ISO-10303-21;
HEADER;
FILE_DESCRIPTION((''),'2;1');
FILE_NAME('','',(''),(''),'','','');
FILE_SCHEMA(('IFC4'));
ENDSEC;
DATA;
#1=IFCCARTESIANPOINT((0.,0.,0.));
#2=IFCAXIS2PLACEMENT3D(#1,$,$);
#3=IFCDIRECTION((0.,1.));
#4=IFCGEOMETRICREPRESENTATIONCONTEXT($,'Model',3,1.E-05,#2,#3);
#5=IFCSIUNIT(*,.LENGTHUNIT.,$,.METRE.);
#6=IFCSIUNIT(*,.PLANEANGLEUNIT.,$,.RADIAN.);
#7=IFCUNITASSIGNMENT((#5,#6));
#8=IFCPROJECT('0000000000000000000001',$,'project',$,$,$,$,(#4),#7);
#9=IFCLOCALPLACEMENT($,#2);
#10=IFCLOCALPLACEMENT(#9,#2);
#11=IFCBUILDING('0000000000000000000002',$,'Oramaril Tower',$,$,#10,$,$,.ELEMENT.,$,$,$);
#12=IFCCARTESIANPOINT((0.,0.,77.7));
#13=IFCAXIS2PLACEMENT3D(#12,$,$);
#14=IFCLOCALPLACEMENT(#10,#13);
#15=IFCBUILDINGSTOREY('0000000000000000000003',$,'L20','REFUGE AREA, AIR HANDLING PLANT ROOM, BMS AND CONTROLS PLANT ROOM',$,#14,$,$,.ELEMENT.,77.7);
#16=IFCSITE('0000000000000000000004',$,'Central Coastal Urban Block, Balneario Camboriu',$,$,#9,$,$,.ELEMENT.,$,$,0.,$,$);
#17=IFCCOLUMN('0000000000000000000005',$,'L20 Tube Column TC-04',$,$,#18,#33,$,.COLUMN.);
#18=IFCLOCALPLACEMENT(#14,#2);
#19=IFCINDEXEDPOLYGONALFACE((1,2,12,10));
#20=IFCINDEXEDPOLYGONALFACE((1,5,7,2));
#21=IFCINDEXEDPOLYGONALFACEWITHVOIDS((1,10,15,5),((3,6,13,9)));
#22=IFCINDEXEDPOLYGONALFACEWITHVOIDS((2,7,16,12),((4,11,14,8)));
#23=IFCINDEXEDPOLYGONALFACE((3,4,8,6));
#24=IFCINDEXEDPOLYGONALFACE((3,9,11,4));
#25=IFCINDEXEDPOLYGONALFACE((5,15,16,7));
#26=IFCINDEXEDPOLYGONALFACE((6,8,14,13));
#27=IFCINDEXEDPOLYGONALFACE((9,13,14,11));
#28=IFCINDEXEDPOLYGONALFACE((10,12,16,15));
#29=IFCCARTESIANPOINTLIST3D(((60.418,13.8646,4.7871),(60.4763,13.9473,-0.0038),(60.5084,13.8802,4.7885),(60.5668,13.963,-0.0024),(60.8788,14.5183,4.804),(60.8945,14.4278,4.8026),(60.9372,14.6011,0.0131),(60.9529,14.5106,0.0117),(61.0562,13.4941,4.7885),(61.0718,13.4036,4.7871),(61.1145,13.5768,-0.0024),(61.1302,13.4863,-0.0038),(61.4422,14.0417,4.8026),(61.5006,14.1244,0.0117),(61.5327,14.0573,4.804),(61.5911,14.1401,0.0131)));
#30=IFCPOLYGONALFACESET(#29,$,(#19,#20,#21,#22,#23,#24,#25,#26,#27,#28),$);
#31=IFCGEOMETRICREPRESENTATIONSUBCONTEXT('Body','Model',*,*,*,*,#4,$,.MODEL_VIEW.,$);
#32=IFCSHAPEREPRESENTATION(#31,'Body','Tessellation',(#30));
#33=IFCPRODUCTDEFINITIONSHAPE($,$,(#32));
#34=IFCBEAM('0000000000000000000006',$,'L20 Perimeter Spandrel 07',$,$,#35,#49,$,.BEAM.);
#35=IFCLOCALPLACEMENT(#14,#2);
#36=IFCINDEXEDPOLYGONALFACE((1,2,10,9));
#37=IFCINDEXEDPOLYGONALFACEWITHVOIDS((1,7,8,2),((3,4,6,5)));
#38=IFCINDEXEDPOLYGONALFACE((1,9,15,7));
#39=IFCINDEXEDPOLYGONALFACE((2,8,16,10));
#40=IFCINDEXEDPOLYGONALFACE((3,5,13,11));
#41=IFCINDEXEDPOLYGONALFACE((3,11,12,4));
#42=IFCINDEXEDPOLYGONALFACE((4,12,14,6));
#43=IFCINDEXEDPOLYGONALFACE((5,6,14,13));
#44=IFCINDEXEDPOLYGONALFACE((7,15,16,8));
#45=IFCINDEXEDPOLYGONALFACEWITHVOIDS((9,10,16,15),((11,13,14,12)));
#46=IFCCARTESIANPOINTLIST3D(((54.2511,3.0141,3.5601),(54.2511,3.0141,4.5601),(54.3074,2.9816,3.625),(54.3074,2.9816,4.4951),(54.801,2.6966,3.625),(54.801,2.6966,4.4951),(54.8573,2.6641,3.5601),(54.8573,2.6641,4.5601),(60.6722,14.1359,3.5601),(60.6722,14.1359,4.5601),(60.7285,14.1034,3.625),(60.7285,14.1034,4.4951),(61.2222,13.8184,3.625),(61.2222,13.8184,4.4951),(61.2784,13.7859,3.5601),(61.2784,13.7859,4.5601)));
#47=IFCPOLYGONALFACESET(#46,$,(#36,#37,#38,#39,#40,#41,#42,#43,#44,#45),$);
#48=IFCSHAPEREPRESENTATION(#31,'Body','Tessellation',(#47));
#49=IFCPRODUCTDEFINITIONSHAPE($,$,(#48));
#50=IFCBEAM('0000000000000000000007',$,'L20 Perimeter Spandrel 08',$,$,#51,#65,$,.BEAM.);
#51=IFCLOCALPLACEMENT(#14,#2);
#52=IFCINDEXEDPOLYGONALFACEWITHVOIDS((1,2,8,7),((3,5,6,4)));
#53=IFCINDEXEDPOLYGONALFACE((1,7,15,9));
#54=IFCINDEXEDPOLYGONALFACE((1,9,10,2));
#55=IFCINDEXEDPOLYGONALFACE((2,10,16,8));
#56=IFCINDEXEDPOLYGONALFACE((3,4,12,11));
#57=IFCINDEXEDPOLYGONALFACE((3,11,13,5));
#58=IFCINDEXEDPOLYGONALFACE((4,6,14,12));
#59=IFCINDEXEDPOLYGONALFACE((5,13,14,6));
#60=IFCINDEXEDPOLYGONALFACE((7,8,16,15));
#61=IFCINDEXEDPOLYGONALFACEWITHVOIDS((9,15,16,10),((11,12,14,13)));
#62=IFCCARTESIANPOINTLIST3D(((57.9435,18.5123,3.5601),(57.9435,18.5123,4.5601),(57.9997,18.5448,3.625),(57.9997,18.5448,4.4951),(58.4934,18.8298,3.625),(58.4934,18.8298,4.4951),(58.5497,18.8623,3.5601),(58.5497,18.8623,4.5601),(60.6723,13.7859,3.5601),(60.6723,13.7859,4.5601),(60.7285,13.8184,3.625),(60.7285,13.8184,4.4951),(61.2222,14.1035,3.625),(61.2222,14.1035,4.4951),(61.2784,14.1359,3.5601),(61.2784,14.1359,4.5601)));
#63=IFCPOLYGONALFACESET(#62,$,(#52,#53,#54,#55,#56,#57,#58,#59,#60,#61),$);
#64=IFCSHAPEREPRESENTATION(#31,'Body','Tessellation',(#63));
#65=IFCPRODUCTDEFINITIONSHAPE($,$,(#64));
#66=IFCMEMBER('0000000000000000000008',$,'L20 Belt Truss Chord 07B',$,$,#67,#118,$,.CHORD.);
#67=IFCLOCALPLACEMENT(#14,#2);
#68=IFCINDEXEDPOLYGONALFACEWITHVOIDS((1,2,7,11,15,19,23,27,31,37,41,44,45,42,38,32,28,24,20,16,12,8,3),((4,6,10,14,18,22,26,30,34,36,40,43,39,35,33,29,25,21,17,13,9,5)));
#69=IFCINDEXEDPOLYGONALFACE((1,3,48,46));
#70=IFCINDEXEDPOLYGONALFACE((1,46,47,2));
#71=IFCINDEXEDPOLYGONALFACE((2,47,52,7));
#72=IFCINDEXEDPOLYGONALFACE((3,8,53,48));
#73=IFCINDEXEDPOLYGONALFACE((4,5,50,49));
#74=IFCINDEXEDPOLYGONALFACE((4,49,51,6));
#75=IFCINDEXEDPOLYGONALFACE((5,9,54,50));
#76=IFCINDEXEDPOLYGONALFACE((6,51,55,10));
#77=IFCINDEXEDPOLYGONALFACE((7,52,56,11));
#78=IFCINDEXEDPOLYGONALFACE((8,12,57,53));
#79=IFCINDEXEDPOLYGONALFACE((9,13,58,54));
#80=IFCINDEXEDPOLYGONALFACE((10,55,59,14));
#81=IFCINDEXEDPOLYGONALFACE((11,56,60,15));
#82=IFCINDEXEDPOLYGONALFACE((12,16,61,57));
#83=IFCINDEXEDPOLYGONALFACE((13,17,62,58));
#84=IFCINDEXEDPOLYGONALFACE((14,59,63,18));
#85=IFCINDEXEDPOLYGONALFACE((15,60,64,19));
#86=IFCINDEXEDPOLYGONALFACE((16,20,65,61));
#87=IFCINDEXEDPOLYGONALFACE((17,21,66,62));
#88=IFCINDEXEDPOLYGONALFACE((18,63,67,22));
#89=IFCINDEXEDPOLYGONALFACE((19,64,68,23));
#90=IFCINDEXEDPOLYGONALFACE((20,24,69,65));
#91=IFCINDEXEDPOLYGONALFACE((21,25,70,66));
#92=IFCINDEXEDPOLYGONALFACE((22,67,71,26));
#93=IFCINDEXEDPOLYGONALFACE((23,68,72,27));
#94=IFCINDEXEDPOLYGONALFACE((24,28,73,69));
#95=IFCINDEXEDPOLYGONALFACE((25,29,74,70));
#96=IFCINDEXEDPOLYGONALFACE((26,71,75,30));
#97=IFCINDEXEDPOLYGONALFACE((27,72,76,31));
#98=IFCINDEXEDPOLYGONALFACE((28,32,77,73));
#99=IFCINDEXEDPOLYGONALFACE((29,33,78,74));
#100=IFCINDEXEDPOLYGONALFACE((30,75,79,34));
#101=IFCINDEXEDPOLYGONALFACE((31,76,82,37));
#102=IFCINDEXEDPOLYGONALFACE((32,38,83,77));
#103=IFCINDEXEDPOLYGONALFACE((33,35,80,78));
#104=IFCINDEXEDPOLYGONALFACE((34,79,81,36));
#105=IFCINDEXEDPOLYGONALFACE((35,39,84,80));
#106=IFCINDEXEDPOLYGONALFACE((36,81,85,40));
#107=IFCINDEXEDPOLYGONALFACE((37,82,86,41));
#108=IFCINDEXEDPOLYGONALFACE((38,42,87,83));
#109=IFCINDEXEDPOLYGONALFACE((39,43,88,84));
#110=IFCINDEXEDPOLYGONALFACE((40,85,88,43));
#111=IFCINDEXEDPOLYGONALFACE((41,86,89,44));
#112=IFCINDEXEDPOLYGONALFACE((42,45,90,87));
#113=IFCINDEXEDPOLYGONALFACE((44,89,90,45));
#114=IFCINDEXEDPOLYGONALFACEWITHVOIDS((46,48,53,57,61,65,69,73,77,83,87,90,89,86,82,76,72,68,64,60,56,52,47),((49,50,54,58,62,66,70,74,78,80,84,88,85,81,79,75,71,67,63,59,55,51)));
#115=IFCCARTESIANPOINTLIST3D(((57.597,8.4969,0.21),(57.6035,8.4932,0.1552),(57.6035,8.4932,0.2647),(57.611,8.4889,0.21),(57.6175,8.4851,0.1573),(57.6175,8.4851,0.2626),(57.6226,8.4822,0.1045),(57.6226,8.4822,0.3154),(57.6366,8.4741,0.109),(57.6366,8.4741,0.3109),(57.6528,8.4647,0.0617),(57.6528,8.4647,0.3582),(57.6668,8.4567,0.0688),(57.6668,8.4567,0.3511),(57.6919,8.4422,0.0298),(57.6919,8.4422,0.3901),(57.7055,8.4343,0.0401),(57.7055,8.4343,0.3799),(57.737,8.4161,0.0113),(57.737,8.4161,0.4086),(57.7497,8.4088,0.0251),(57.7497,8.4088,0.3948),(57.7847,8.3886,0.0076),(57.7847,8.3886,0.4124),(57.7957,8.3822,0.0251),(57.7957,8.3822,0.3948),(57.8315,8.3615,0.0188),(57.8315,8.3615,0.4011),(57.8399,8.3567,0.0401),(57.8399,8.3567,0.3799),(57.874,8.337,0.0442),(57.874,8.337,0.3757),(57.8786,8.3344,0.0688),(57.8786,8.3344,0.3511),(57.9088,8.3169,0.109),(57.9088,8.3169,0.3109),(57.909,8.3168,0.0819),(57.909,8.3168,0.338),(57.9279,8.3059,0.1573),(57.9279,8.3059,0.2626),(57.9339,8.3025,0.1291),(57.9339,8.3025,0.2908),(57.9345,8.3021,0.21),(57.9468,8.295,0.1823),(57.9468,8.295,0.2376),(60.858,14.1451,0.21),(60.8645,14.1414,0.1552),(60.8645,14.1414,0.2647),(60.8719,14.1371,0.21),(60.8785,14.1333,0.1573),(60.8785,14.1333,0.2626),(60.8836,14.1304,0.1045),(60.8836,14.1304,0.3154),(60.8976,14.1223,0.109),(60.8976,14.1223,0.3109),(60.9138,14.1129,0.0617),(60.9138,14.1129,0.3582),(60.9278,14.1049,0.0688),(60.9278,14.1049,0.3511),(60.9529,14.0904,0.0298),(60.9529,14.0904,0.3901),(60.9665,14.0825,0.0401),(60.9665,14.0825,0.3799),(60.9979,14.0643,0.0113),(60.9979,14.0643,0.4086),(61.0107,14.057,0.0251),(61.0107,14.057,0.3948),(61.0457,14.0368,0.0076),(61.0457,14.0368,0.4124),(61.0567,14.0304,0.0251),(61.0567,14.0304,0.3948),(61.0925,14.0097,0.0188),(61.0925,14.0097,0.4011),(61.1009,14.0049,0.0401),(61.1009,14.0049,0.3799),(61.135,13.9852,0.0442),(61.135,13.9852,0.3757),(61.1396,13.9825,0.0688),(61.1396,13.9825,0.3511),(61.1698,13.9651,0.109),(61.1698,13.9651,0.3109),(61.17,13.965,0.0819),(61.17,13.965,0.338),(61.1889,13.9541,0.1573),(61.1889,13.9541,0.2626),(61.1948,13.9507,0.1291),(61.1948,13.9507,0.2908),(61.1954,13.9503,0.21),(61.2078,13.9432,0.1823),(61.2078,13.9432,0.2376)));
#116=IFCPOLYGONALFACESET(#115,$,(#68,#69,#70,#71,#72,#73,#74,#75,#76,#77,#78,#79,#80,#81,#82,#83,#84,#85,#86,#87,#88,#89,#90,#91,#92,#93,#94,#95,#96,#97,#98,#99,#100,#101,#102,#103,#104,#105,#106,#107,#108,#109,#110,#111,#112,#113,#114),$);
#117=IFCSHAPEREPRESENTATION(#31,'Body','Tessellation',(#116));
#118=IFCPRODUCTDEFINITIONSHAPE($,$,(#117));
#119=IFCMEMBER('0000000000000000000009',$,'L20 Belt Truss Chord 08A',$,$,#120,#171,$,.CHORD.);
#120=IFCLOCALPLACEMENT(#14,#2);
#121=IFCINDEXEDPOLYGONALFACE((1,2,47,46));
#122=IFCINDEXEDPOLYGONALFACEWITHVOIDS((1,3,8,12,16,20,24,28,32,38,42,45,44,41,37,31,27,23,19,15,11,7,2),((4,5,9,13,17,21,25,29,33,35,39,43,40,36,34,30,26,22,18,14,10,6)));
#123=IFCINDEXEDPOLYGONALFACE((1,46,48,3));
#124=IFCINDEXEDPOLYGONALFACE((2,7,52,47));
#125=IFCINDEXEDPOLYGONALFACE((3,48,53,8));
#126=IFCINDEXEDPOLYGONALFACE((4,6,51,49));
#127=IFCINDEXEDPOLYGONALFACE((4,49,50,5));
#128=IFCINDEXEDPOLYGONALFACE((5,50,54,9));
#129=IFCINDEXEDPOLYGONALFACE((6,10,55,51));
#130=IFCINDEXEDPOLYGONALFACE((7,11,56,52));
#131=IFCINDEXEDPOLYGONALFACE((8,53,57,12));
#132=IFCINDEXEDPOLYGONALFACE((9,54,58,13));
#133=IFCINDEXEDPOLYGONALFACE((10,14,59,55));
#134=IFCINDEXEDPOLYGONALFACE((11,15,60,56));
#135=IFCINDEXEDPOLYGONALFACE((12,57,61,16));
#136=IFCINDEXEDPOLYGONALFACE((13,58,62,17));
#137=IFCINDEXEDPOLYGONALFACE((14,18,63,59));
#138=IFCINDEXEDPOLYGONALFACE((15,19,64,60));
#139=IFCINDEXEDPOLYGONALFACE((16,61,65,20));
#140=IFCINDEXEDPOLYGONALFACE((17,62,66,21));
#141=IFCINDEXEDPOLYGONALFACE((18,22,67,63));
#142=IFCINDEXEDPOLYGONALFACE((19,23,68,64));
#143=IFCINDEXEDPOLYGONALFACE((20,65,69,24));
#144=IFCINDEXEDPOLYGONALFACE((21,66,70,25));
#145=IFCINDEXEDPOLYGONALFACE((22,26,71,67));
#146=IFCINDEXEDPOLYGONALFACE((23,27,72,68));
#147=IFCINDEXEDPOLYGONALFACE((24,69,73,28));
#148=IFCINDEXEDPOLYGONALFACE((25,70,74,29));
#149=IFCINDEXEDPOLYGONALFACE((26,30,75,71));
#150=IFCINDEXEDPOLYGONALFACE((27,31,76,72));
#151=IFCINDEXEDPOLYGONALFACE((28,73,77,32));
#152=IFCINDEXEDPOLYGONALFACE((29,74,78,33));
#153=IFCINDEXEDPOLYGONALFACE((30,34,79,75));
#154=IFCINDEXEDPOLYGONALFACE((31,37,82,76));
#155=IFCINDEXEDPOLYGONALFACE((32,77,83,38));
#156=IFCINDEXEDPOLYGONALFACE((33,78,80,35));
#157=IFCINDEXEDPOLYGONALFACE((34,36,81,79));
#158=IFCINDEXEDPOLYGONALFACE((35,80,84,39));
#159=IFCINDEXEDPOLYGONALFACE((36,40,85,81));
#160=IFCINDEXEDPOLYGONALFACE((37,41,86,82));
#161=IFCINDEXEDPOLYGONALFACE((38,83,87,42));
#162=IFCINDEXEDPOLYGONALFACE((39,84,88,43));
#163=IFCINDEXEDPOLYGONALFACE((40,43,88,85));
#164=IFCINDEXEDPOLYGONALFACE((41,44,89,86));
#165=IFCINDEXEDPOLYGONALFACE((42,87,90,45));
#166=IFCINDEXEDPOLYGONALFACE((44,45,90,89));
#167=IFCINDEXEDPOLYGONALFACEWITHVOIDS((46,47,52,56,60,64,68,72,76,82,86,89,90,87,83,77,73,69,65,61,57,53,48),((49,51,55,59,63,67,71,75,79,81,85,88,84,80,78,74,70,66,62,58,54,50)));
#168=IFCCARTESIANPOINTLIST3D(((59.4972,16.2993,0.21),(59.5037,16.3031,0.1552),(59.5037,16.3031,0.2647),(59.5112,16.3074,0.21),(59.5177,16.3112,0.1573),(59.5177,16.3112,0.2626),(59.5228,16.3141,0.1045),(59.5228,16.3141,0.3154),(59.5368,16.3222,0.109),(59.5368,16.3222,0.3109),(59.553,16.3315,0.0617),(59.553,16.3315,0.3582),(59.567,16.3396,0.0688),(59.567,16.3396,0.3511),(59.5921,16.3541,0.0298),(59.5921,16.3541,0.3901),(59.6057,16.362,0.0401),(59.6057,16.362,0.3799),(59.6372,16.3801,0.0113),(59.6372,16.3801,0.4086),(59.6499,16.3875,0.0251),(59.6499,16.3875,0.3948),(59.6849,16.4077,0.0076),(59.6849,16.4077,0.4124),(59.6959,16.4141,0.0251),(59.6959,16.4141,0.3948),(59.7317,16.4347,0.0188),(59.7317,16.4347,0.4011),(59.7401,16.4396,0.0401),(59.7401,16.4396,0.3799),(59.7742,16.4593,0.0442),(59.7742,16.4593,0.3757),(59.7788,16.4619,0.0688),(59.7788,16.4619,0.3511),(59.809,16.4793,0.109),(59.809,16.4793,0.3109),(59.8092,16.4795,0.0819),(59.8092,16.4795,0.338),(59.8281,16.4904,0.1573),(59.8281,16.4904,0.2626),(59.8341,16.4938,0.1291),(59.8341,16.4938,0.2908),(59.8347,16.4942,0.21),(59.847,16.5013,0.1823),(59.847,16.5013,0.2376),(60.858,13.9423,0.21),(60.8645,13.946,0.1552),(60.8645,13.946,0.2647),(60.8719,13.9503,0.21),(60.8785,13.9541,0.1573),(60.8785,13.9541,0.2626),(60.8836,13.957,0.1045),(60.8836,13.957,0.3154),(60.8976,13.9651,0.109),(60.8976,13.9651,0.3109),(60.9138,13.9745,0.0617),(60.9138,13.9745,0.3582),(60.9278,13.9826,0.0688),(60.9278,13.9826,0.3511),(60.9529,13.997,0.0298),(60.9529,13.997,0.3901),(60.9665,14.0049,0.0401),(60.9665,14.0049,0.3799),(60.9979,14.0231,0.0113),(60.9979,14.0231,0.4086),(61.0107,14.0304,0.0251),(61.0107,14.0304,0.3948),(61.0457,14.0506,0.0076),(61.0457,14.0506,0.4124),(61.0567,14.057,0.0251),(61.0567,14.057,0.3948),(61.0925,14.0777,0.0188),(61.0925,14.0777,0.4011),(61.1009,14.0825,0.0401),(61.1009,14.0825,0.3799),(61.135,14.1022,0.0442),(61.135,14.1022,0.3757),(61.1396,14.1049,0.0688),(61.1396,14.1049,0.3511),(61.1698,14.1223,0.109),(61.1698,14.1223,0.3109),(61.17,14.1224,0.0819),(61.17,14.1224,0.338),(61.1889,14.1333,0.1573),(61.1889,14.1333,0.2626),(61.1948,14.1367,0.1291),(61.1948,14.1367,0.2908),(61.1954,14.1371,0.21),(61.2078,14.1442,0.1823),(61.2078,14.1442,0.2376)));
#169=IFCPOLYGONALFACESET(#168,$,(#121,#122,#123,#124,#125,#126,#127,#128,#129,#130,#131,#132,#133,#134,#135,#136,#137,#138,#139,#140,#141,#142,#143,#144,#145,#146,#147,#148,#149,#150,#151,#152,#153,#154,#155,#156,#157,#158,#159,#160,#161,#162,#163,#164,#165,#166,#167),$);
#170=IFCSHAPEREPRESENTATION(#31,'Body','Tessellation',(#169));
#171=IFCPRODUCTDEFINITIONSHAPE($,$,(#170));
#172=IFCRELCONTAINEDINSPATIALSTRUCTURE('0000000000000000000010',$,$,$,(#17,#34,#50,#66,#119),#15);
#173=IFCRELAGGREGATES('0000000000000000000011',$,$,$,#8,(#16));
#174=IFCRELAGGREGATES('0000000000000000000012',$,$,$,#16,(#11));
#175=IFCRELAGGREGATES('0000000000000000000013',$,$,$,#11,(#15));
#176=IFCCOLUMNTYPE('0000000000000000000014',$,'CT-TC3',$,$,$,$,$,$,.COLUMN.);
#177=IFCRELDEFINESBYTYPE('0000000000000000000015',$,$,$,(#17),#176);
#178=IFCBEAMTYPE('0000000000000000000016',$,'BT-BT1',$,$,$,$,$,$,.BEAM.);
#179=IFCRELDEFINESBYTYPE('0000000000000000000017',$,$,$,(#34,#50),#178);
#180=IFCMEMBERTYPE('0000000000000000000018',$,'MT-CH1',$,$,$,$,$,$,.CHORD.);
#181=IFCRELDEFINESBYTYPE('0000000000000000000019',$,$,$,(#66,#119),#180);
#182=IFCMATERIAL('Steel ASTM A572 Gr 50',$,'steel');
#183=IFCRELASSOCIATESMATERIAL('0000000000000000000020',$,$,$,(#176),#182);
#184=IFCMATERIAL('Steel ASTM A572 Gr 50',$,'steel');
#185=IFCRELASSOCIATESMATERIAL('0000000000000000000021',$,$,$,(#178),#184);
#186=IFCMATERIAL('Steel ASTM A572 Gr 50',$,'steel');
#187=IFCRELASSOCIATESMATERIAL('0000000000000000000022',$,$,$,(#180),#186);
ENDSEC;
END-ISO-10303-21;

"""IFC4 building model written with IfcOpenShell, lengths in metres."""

from ifc_helpers import new_model, si_unit, direction, frame, origin, origin_2d, place, context, subcontext, project, spatial, hollow_rectangle, hollow_circle, extrude, material, material_profile, profile_set, type_object, element, save


model = new_model("IFC4")

# Units and contexts
model_context = context("Model", 3, precision=1e-05, world=origin(), true_north=direction((0.0, 1.0)))
body_context = subcontext(model_context, "Body", "Model", "MODEL_VIEW")
ifc_project = project(units=[si_unit("LENGTHUNIT", "METRE"), si_unit("PLANEANGLEUNIT", "RADIAN")], contexts=[model_context])

# Site, building, storey
site_placement = place(None, origin())
site = spatial("IfcSite", under=ifc_project, at=site_placement, Name="Central Coastal Urban Block, Balneario Camboriu", CompositionType="ELEMENT", RefElevation=0.0)
building_placement = place(site_placement, origin())
building = spatial("IfcBuilding", under=site, at=building_placement, Name="Oramaril Tower", CompositionType="ELEMENT")
storey_placement = place(building_placement, frame((0.0, 0.0, 77.7)))
storey = spatial("IfcBuildingStorey", under=building, at=storey_placement, Name="L20", Description="REFUGE AREA, AIR HANDLING PLANT ROOM, BMS AND CONTROLS PLANT ROOM", CompositionType="ELEMENT", Elevation=77.7)

# Column
ifc_material_1 = material(Name="Steel ASTM A572 Gr 50", Category="steel")
ifc_material_profile_1 = material_profile(ifc_material_1, hollow_rectangle(XDim=0.8, YDim=0.8, WallThickness=0.0649, at=origin_2d()), Name="BOX800X800X65")
ifc_profile_set_1 = profile_set([ifc_material_profile_1], Name="Steel ASTM A572 Gr 50")
column_type = type_object("IfcColumnType", Name="CT-TC3", PredefinedType="COLUMN", material=ifc_profile_set_1)
column_placement = place(storey_placement, frame((61.0337, 14.0437, 0.0046), z_axis=(-0.012176, -0.017271, 0.999777), x_axis=(0.817302, -0.57621, 0.0)))
element("IfcColumn", 1, at=column_placement, inside=storey, type_object=column_type, Name="L20 Tube Column TC-04", PredefinedType="COLUMN", context=body_context, shape_type="SweptSolid", body=[
    extrude(hollow_rectangle(XDim=0.8, YDim=0.8, WallThickness=0.0649, at=origin_2d()), origin(), (0.0, 0.0, 1.0), 4.792),
])

# Beams
ifc_material_2 = material(Name="Steel ASTM A572 Gr 50", Category="steel")
ifc_material_profile_2 = material_profile(ifc_material_2, hollow_rectangle(XDim=0.7, YDim=1.0, WallThickness=0.0649, at=origin_2d()), Name="BOX1000X700X65")
ifc_profile_set_2 = profile_set([ifc_material_profile_2], Name="Steel ASTM A572 Gr 50")
beam_type = type_object("IfcBeamType", Name="BT-BT1", PredefinedType="BEAM", material=ifc_profile_set_2)
beam_1_placement = place(storey_placement, frame((54.5542, 2.8391, 4.0601), z_axis=(0.499997, 0.866027, 0.0), x_axis=(-0.866027, 0.499997, 0.0)))
element("IfcBeam", 2, at=beam_1_placement, inside=storey, type_object=beam_type, Name="L20 Perimeter Spandrel 07", PredefinedType="BEAM", context=body_context, shape_type="SweptSolid", body=[
    extrude(hollow_rectangle(XDim=0.7, YDim=1.0, WallThickness=0.0649, at=origin_2d()), origin(), (0.0, 0.0, 1.0), 12.8423),
])
beam_2_placement = place(storey_placement, frame((60.9753, 13.9609, 4.0601), z_axis=(-0.500003, 0.866024, 0.0), x_axis=(-0.866024, -0.500003, 0.0)))
element("IfcBeam", 3, at=beam_2_placement, inside=storey, type_object=beam_type, Name="L20 Perimeter Spandrel 08", PredefinedType="BEAM", context=body_context, shape_type="SweptSolid", body=[
    extrude(hollow_rectangle(XDim=0.7, YDim=1.0, WallThickness=0.0649, at=origin_2d()), origin(), (0.0, 0.0, 1.0), 5.4575),
])

# Members
ifc_material_3 = material(Name="Steel ASTM A572 Gr 50", Category="steel")
ifc_material_profile_3 = material_profile(ifc_material_3, hollow_circle(Radius=0.2029, WallThickness=0.0161, at=origin_2d()), Name="CHS406X16")
ifc_profile_set_3 = profile_set([ifc_material_profile_3], Name="Steel ASTM A572 Gr 50")
member_type_1 = type_object("IfcMemberType", Name="MT-CH1", PredefinedType="CHORD", material=ifc_profile_set_3)
member_1_placement = place(storey_placement, frame((57.7727, 8.3955, 0.21), z_axis=(0.5, 0.866025, 0.0), x_axis=(-0.866025, 0.5, 0.0)))
element("IfcMember", 4, at=member_1_placement, inside=storey, type_object=member_type_1, Name="L20 Belt Truss Chord 07B", PredefinedType="CHORD", context=body_context, shape_type="SweptSolid", body=[
    extrude(hollow_circle(Radius=0.2029, WallThickness=0.0161, at=origin_2d()), origin(), (0.0, 0.0, 1.0), 6.522),
])
member_2_placement = place(storey_placement, frame((61.0337, 14.0437, 0.21), z_axis=(-0.499979, 0.866038, 0.0), x_axis=(-0.866038, -0.499979, 0.0)))
element("IfcMember", 5, at=member_2_placement, inside=storey, type_object=member_type_1, Name="L20 Belt Truss Chord 08A", PredefinedType="CHORD", context=body_context, shape_type="SweptSolid", body=[
    extrude(hollow_circle(Radius=0.2029, WallThickness=0.0161, at=origin_2d()), origin(), (0.0, 0.0, 1.0), 2.7217),
])

save(model, "model.ifc")
